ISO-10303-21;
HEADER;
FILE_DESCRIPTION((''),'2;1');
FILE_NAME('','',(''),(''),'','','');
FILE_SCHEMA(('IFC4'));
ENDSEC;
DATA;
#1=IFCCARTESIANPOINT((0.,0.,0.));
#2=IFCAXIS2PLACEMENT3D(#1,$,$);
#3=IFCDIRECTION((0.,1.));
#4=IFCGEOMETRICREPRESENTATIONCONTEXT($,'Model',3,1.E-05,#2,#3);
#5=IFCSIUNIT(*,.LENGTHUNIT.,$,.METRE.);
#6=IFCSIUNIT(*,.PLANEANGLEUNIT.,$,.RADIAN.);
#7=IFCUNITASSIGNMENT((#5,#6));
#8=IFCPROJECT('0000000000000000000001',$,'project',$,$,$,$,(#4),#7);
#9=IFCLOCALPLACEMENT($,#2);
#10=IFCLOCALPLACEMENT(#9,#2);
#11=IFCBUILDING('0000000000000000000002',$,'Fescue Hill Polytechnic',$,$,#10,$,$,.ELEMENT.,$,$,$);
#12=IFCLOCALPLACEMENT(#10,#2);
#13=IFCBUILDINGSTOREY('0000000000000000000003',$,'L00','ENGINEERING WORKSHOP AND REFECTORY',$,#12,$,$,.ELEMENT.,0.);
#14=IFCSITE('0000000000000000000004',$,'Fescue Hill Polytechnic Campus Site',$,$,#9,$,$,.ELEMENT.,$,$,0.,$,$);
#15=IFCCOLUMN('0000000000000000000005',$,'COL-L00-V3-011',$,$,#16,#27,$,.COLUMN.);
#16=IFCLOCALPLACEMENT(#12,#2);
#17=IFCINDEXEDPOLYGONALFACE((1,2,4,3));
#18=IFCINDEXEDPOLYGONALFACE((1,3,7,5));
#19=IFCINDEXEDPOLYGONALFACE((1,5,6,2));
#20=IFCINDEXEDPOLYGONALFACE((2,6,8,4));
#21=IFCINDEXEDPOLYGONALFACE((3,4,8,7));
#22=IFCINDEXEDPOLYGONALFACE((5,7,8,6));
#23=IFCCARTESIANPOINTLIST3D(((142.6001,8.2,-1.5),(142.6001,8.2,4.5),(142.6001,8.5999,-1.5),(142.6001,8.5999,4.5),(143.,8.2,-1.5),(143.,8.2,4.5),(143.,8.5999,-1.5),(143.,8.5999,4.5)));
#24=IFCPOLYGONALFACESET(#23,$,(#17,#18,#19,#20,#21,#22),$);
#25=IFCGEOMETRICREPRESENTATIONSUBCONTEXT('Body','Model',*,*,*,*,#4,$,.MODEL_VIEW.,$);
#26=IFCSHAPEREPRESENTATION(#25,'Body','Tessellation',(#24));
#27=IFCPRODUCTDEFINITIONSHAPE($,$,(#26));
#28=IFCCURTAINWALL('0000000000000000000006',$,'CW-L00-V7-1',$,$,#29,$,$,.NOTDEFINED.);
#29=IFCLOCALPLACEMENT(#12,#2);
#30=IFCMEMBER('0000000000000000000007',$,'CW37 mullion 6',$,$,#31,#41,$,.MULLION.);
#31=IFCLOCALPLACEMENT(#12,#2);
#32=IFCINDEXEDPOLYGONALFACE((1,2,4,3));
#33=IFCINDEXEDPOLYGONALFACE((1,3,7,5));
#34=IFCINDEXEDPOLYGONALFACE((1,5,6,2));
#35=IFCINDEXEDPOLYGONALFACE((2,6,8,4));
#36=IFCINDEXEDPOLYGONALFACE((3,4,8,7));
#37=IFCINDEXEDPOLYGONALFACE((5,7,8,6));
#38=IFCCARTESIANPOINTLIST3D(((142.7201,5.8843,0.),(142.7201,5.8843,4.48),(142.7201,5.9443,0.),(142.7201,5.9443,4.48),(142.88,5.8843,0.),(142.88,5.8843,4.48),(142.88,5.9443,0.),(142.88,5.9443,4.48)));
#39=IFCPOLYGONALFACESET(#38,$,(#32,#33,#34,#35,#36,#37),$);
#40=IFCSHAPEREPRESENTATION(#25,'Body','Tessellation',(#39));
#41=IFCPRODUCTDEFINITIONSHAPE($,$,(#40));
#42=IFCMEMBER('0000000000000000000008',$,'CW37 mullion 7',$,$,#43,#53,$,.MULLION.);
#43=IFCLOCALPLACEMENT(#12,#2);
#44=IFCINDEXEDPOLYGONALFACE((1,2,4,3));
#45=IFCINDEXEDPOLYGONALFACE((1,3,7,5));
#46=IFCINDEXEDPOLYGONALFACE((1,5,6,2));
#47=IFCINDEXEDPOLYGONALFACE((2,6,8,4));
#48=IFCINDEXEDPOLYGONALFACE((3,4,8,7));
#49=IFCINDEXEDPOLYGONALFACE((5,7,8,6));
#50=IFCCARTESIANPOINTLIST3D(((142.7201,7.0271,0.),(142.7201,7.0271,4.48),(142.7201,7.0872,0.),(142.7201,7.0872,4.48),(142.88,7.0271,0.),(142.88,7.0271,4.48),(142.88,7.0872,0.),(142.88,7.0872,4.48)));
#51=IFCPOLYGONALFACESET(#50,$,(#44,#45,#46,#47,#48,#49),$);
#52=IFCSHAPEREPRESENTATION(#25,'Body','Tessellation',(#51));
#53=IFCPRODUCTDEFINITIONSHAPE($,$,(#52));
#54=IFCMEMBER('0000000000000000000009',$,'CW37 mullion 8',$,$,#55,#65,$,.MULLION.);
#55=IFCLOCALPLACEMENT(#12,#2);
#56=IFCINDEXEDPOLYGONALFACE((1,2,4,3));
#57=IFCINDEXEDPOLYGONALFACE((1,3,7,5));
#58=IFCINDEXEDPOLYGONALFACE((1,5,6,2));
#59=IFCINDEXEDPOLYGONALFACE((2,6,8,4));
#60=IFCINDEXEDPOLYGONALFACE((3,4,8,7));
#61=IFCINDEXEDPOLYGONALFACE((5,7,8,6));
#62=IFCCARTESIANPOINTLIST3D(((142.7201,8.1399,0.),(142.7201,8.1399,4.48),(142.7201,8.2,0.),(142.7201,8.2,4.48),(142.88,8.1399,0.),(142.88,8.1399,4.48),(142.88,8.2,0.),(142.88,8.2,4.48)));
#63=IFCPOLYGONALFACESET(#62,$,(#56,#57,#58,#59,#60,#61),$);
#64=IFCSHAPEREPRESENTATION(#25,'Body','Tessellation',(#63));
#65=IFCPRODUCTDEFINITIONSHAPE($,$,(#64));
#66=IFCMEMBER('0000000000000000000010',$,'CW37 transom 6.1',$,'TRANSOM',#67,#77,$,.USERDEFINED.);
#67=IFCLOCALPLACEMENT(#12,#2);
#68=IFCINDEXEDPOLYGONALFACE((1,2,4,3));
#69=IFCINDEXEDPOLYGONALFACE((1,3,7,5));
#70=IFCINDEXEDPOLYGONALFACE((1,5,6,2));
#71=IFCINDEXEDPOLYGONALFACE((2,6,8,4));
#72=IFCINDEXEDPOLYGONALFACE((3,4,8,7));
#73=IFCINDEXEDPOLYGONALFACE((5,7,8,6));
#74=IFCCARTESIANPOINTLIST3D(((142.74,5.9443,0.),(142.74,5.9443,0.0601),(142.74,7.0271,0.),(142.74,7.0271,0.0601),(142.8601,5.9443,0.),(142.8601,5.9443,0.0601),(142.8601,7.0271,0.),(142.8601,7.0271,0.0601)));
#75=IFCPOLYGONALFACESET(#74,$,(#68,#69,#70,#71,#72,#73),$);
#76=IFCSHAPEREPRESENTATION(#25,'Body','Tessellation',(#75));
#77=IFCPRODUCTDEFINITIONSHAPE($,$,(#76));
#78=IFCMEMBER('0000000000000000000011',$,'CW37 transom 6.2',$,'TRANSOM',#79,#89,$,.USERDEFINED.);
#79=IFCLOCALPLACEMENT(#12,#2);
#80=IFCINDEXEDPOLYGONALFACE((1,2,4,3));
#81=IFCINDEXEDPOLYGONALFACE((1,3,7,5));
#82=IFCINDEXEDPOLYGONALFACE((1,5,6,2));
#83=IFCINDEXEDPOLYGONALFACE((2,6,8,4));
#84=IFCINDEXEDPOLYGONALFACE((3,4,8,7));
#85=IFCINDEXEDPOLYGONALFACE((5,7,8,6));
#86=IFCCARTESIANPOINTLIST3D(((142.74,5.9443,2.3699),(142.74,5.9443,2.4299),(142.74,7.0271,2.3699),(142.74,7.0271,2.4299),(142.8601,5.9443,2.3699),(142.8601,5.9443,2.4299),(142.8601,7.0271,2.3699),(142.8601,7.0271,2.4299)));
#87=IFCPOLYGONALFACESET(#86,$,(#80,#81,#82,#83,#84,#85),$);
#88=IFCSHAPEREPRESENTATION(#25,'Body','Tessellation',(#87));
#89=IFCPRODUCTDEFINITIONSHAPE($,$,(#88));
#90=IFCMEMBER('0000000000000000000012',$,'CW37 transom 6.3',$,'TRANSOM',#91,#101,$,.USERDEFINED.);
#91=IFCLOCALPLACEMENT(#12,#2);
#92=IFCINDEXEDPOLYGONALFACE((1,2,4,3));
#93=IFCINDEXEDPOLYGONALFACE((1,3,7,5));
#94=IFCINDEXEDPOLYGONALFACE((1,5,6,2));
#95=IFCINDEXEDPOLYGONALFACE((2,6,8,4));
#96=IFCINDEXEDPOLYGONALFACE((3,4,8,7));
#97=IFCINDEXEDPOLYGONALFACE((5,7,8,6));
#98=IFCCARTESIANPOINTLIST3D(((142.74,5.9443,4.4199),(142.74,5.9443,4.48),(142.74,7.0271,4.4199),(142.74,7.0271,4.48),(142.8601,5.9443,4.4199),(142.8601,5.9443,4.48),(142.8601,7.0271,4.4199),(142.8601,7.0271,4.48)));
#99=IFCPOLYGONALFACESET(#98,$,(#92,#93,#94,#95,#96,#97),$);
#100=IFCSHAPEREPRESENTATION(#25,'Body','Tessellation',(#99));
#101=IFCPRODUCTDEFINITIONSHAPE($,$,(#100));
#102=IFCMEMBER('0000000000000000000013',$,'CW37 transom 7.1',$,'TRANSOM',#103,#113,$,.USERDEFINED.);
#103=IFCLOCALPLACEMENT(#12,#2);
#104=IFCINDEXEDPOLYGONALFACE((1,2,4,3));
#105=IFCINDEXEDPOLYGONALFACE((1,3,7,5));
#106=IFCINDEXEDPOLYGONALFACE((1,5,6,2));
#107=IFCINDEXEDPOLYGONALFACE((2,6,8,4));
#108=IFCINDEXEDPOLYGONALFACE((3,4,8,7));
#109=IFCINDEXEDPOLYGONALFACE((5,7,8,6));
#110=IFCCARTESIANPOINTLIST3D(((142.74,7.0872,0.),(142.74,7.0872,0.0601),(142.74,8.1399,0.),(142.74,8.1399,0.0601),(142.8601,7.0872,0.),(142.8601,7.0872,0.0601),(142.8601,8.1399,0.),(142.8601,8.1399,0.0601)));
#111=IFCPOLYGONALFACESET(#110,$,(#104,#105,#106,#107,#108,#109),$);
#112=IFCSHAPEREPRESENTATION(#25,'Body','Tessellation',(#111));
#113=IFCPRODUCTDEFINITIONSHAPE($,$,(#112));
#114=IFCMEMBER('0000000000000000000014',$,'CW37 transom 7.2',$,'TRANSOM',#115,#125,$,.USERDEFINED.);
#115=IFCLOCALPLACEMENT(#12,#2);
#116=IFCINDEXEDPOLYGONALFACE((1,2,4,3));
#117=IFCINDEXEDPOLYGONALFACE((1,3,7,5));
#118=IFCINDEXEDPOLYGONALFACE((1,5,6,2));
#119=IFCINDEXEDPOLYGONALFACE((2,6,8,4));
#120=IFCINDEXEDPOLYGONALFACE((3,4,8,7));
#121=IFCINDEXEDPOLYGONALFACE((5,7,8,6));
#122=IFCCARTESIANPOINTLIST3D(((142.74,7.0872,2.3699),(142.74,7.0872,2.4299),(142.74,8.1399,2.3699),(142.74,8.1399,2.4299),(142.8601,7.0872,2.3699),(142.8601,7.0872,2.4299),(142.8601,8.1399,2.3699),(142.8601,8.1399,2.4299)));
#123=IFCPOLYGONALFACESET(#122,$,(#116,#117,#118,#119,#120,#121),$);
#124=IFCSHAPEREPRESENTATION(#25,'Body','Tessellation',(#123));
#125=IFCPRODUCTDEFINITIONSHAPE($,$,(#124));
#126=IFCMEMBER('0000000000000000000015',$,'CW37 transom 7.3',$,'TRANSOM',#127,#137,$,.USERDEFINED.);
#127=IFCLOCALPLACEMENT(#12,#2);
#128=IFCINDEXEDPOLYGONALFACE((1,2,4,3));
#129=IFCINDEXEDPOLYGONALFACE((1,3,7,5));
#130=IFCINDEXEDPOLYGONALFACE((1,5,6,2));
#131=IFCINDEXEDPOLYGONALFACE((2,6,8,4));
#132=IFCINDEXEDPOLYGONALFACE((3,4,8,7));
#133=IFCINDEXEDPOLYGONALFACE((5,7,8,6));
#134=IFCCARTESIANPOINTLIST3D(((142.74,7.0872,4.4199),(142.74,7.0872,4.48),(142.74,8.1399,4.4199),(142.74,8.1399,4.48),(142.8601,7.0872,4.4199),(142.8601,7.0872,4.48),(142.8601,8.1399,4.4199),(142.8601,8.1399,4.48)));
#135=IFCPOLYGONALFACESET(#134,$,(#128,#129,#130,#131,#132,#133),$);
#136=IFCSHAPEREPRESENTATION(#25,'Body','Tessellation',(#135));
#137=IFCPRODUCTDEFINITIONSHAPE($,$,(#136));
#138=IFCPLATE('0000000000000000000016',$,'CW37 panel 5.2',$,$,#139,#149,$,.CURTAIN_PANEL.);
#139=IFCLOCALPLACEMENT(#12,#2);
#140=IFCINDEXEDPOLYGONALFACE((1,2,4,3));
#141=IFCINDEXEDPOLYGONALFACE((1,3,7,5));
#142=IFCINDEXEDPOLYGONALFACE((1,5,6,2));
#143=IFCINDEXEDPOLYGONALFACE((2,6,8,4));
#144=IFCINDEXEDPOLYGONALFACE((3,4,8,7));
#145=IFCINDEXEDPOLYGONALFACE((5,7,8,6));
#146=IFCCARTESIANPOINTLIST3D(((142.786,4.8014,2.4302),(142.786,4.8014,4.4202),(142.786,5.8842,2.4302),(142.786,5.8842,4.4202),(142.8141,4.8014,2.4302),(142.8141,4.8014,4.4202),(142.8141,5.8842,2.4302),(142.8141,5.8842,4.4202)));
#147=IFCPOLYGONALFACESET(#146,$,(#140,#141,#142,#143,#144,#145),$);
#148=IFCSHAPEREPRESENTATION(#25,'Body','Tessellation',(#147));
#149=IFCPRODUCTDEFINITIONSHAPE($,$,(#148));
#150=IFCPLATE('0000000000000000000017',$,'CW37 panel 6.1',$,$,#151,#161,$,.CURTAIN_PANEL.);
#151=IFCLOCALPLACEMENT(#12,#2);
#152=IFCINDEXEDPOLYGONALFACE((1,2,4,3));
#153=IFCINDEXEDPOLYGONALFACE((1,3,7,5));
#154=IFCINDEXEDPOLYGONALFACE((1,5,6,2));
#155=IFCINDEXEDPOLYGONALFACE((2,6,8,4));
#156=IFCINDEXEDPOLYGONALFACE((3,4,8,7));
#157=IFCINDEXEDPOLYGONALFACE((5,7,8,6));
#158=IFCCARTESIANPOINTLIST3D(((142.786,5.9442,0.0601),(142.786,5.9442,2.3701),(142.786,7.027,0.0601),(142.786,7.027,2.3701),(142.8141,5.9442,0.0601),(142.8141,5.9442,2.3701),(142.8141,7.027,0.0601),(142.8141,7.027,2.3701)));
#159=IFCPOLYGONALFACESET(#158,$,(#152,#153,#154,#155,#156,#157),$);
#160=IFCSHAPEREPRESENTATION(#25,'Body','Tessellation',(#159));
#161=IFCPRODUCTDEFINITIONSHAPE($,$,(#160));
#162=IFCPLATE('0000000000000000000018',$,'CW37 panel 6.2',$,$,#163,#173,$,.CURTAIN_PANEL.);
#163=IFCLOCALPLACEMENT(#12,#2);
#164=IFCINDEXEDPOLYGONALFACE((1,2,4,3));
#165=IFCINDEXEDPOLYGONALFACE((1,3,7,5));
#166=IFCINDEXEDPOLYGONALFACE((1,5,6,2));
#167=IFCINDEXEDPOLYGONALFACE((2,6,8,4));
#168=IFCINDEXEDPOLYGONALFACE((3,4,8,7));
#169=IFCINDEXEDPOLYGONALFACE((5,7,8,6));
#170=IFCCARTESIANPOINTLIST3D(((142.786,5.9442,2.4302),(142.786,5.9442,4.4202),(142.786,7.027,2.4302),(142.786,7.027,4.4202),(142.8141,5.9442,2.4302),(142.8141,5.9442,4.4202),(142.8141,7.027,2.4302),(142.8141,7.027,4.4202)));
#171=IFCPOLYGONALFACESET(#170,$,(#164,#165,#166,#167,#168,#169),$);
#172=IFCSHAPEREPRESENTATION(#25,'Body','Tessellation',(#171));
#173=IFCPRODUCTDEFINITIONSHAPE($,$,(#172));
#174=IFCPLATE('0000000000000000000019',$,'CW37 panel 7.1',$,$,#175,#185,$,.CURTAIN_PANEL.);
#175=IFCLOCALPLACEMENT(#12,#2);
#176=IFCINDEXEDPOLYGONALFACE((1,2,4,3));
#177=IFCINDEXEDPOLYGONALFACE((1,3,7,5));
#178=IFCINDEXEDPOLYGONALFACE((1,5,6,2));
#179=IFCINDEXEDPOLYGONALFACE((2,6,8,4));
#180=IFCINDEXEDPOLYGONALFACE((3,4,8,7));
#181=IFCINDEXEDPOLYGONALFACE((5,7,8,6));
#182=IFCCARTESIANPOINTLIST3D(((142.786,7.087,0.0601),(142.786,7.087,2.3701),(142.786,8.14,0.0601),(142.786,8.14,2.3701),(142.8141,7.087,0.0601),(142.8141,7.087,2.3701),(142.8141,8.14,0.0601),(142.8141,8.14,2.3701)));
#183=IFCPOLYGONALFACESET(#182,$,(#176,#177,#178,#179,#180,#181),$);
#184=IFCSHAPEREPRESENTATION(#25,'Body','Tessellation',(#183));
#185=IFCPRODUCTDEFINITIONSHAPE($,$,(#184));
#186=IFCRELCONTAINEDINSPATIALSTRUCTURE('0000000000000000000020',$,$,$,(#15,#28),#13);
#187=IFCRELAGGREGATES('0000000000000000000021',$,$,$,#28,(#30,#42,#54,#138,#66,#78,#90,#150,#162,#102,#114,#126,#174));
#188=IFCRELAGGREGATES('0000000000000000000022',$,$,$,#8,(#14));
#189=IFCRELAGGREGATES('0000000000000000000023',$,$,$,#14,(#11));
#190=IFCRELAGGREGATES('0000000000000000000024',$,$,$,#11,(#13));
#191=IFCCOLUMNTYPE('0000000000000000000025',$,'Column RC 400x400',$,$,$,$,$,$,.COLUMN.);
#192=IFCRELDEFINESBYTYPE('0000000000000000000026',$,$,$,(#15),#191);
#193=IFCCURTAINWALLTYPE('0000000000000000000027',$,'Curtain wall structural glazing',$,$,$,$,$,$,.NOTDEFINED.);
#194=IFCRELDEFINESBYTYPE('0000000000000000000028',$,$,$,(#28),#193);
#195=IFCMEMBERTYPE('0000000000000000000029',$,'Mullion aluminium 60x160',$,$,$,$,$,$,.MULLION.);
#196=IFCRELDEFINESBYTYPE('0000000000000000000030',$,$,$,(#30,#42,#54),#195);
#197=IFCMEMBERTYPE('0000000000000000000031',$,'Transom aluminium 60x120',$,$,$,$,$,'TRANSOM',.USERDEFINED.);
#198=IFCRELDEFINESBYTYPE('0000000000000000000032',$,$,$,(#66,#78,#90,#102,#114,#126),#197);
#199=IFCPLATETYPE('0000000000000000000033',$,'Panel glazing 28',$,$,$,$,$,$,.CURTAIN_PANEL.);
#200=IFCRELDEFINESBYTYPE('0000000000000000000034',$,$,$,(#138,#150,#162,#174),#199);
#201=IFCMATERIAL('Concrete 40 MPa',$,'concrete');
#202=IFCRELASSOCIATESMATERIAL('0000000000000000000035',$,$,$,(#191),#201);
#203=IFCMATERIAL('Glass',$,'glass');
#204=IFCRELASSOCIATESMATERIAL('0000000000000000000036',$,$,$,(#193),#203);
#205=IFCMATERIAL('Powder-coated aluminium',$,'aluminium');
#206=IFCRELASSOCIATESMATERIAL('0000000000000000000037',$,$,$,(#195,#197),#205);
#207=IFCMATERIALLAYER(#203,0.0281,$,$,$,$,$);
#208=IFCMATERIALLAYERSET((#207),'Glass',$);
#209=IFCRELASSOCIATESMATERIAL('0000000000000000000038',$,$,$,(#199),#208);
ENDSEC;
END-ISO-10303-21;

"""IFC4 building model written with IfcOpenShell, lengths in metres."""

from ifc_helpers import new_model, si_unit, direction, frame, origin, origin_2d, place, context, subcontext, project, spatial, rectangle, extrude, material, layer, layer_set, material_profile, profile_set, type_object, element, aggregate, save


model = new_model("IFC4")

# Units and contexts
model_context = context("Model", 3, precision=1e-05, world=origin(), true_north=direction((0.0, 1.0)))
body_context = subcontext(model_context, "Body", "Model", "MODEL_VIEW")
ifc_project = project(units=[si_unit("LENGTHUNIT", "METRE"), si_unit("PLANEANGLEUNIT", "RADIAN")], contexts=[model_context])

# Site, building, storey
site_placement = place(None, origin())
site = spatial("IfcSite", under=ifc_project, at=site_placement, Name="Fescue Hill Polytechnic Campus Site", CompositionType="ELEMENT", RefElevation=0.0)
building_placement = place(site_placement, origin())
building = spatial("IfcBuilding", under=site, at=building_placement, Name="Fescue Hill Polytechnic", CompositionType="ELEMENT")
storey_placement = place(building_placement, origin())
storey = spatial("IfcBuildingStorey", under=building, at=storey_placement, Name="L00", Description="ENGINEERING WORKSHOP AND REFECTORY", CompositionType="ELEMENT", Elevation=0.0)

# Column
ifc_material_1 = material(Name="Concrete 40 MPa", Category="concrete")
ifc_material_profile_1 = material_profile(ifc_material_1, rectangle(XDim=0.3999, YDim=0.3999, at=origin_2d()), Name="RC 400x400")
ifc_profile_set_1 = profile_set([ifc_material_profile_1], Name="Concrete 40 MPa")
column_type = type_object("IfcColumnType", Name="Column RC 400x400", PredefinedType="COLUMN", material=ifc_profile_set_1)
column_placement = place(storey_placement, frame((142.8, 8.3999, -1.5), z_axis=(0.0, 0.0, 1.0), x_axis=(1.0, 0.0, 0.0)))
element("IfcColumn", 1, at=column_placement, inside=storey, type_object=column_type, Name="COL-L00-V3-011", PredefinedType="COLUMN", context=body_context, shape_type="SweptSolid", body=[
    extrude(rectangle(XDim=0.3999, YDim=0.3999, at=origin_2d()), origin(), (0.0, 0.0, 1.0), 6.0),
])

# Curtain wall, members, plates
ifc_material_2 = material(Name="Glass", Category="glass")
curtain_wall_type = type_object("IfcCurtainWallType", Name="Curtain wall structural glazing", PredefinedType="NOTDEFINED", material=ifc_material_2)
curtain_wall_placement = place(storey_placement, origin())
curtain_wall = element("IfcCurtainWall", 2, at=curtain_wall_placement, inside=storey, type_object=curtain_wall_type, Name="CW-L00-V7-1", PredefinedType="NOTDEFINED")
ifc_material_3 = material(Name="Powder-coated aluminium", Category="aluminium")
ifc_material_profile_2 = material_profile(ifc_material_3, rectangle(XDim=0.1599, YDim=0.0601, at=origin_2d()), Name="Mullion aluminium 60x160")
ifc_profile_set_2 = profile_set([ifc_material_profile_2], Name="Powder-coated aluminium")
member_type_1 = type_object("IfcMemberType", Name="Mullion aluminium 60x160", PredefinedType="MULLION", material=ifc_profile_set_2)
member_1_placement = place(storey_placement, frame((142.8, 5.9143, 0.0), z_axis=(0.0, 0.0, 1.0), x_axis=(-1.0, 0.0, 0.0)))
member_1 = element("IfcMember", 3, at=member_1_placement, type_object=member_type_1, Name="CW37 mullion 6", PredefinedType="MULLION", context=body_context, shape_type="SweptSolid", body=[
    extrude(rectangle(XDim=0.1599, YDim=0.0601, at=origin_2d()), origin(), (0.0, 0.0, 1.0), 4.48),
])
member_2_placement = place(storey_placement, frame((142.8, 7.0571, 0.0), z_axis=(0.0, 0.0, 1.0), x_axis=(-1.0, 0.0, 0.0)))
member_2 = element("IfcMember", 4, at=member_2_placement, type_object=member_type_1, Name="CW37 mullion 7", PredefinedType="MULLION", context=body_context, shape_type="SweptSolid", body=[
    extrude(rectangle(XDim=0.1599, YDim=0.0601, at=origin_2d()), origin(), (0.0, 0.0, 1.0), 4.48),
])
member_3_placement = place(storey_placement, frame((142.8, 8.1699, 0.0), z_axis=(0.0, 0.0, 1.0), x_axis=(-1.0, 0.0, 0.0)))
member_3 = element("IfcMember", 5, at=member_3_placement, type_object=member_type_1, Name="CW37 mullion 8", PredefinedType="MULLION", context=body_context, shape_type="SweptSolid", body=[
    extrude(rectangle(XDim=0.1599, YDim=0.0601, at=origin_2d()), origin(), (0.0, 0.0, 1.0), 4.48),
])
ifc_material_profile_3 = material_profile(ifc_material_3, rectangle(XDim=0.1201, YDim=0.0601, at=origin_2d()), Name="Transom aluminium 60x120")
ifc_profile_set_3 = profile_set([ifc_material_profile_3], Name="Powder-coated aluminium")
member_type_2 = type_object("IfcMemberType", Name="Transom aluminium 60x120", ElementType="TRANSOM", PredefinedType="USERDEFINED", material=ifc_profile_set_3)
member_4_placement = place(storey_placement, frame((142.8, 5.9443, 0.03), z_axis=(0.0, 1.0, 0.0), x_axis=(-1.0, 0.0, 0.0)))
member_4 = element("IfcMember", 6, at=member_4_placement, type_object=member_type_2, Name="CW37 transom 6.1", ObjectType="TRANSOM", PredefinedType="USERDEFINED", context=body_context, shape_type="SweptSolid", body=[
    extrude(rectangle(XDim=0.1201, YDim=0.0601, at=origin_2d()), origin(), (0.0, 0.0, 1.0), 1.0828),
])
member_5_placement = place(storey_placement, frame((142.8, 5.9443, 2.3999), z_axis=(0.0, 1.0, 0.0), x_axis=(-1.0, 0.0, 0.0)))
member_5 = element("IfcMember", 7, at=member_5_placement, type_object=member_type_2, Name="CW37 transom 6.2", ObjectType="TRANSOM", PredefinedType="USERDEFINED", context=body_context, shape_type="SweptSolid", body=[
    extrude(rectangle(XDim=0.1201, YDim=0.0601, at=origin_2d()), origin(), (0.0, 0.0, 1.0), 1.0828),
])
member_6_placement = place(storey_placement, frame((142.8, 5.9443, 4.45), z_axis=(0.0, 1.0, 0.0), x_axis=(-1.0, 0.0, 0.0)))
member_6 = element("IfcMember", 8, at=member_6_placement, type_object=member_type_2, Name="CW37 transom 6.3", ObjectType="TRANSOM", PredefinedType="USERDEFINED", context=body_context, shape_type="SweptSolid", body=[
    extrude(rectangle(XDim=0.1201, YDim=0.0601, at=origin_2d()), origin(), (0.0, 0.0, 1.0), 1.0828),
])
member_7_placement = place(storey_placement, frame((142.8, 7.0872, 0.03), z_axis=(0.0, 1.0, 0.0), x_axis=(-1.0, 0.0, 0.0)))
member_7 = element("IfcMember", 9, at=member_7_placement, type_object=member_type_2, Name="CW37 transom 7.1", ObjectType="TRANSOM", PredefinedType="USERDEFINED", context=body_context, shape_type="SweptSolid", body=[
    extrude(rectangle(XDim=0.1201, YDim=0.0601, at=origin_2d()), origin(), (0.0, 0.0, 1.0), 1.0527),
])
member_8_placement = place(storey_placement, frame((142.8, 7.0872, 2.3999), z_axis=(0.0, 1.0, 0.0), x_axis=(-1.0, 0.0, 0.0)))
member_8 = element("IfcMember", 10, at=member_8_placement, type_object=member_type_2, Name="CW37 transom 7.2", ObjectType="TRANSOM", PredefinedType="USERDEFINED", context=body_context, shape_type="SweptSolid", body=[
    extrude(rectangle(XDim=0.1201, YDim=0.0601, at=origin_2d()), origin(), (0.0, 0.0, 1.0), 1.0527),
])
member_9_placement = place(storey_placement, frame((142.8, 7.0872, 4.45), z_axis=(0.0, 1.0, 0.0), x_axis=(-1.0, 0.0, 0.0)))
member_9 = element("IfcMember", 11, at=member_9_placement, type_object=member_type_2, Name="CW37 transom 7.3", ObjectType="TRANSOM", PredefinedType="USERDEFINED", context=body_context, shape_type="SweptSolid", body=[
    extrude(rectangle(XDim=0.1201, YDim=0.0601, at=origin_2d()), origin(), (0.0, 0.0, 1.0), 1.0527),
])
ifc_layer_1 = layer(ifc_material_2, 0.0281)
ifc_layer_set_1 = layer_set([ifc_layer_1], Name="Glass")
plate_type = type_object("IfcPlateType", Name="Panel glazing 28", PredefinedType="CURTAIN_PANEL", material=ifc_layer_set_1)
plate_1_placement = place(storey_placement, frame((142.8, 5.3428, 2.4302), z_axis=(0.0, 0.0, 1.0), x_axis=(0.0, 1.0, 0.0)))
plate_1 = element("IfcPlate", 12, at=plate_1_placement, type_object=plate_type, Name="CW37 panel 5.2", PredefinedType="CURTAIN_PANEL", context=body_context, shape_type="SweptSolid", body=[
    extrude(rectangle(XDim=1.0828, YDim=0.0281, at=origin_2d()), origin(), (0.0, 0.0, 1.0), 1.99),
])
plate_2_placement = place(storey_placement, frame((142.8, 6.4856, 0.0601), z_axis=(0.0, 0.0, 1.0), x_axis=(0.0, 1.0, 0.0)))
plate_2 = element("IfcPlate", 13, at=plate_2_placement, type_object=plate_type, Name="CW37 panel 6.1", PredefinedType="CURTAIN_PANEL", context=body_context, shape_type="SweptSolid", body=[
    extrude(rectangle(XDim=1.0828, YDim=0.0281, at=origin_2d()), origin(), (0.0, 0.0, 1.0), 2.3101),
])
plate_3_placement = place(storey_placement, frame((142.8, 6.4856, 2.4302), z_axis=(0.0, 0.0, 1.0), x_axis=(0.0, 1.0, 0.0)))
plate_3 = element("IfcPlate", 14, at=plate_3_placement, type_object=plate_type, Name="CW37 panel 6.2", PredefinedType="CURTAIN_PANEL", context=body_context, shape_type="SweptSolid", body=[
    extrude(rectangle(XDim=1.0828, YDim=0.0281, at=origin_2d()), origin(), (0.0, 0.0, 1.0), 1.99),
])
plate_4_placement = place(storey_placement, frame((142.8, 7.6135, 0.0601), z_axis=(0.0, 0.0, 1.0), x_axis=(0.0, 1.0, 0.0)))
plate_4 = element("IfcPlate", 15, at=plate_4_placement, type_object=plate_type, Name="CW37 panel 7.1", PredefinedType="CURTAIN_PANEL", context=body_context, shape_type="SweptSolid", body=[
    extrude(rectangle(XDim=1.053, YDim=0.0281, at=origin_2d()), origin(), (0.0, 0.0, 1.0), 2.3101),
])
aggregate(curtain_wall, [member_1, member_2, member_3, plate_1, member_4, member_5, member_6, plate_2, plate_3, member_7, member_8, member_9, plate_4])

save(model, "model.ifc")
